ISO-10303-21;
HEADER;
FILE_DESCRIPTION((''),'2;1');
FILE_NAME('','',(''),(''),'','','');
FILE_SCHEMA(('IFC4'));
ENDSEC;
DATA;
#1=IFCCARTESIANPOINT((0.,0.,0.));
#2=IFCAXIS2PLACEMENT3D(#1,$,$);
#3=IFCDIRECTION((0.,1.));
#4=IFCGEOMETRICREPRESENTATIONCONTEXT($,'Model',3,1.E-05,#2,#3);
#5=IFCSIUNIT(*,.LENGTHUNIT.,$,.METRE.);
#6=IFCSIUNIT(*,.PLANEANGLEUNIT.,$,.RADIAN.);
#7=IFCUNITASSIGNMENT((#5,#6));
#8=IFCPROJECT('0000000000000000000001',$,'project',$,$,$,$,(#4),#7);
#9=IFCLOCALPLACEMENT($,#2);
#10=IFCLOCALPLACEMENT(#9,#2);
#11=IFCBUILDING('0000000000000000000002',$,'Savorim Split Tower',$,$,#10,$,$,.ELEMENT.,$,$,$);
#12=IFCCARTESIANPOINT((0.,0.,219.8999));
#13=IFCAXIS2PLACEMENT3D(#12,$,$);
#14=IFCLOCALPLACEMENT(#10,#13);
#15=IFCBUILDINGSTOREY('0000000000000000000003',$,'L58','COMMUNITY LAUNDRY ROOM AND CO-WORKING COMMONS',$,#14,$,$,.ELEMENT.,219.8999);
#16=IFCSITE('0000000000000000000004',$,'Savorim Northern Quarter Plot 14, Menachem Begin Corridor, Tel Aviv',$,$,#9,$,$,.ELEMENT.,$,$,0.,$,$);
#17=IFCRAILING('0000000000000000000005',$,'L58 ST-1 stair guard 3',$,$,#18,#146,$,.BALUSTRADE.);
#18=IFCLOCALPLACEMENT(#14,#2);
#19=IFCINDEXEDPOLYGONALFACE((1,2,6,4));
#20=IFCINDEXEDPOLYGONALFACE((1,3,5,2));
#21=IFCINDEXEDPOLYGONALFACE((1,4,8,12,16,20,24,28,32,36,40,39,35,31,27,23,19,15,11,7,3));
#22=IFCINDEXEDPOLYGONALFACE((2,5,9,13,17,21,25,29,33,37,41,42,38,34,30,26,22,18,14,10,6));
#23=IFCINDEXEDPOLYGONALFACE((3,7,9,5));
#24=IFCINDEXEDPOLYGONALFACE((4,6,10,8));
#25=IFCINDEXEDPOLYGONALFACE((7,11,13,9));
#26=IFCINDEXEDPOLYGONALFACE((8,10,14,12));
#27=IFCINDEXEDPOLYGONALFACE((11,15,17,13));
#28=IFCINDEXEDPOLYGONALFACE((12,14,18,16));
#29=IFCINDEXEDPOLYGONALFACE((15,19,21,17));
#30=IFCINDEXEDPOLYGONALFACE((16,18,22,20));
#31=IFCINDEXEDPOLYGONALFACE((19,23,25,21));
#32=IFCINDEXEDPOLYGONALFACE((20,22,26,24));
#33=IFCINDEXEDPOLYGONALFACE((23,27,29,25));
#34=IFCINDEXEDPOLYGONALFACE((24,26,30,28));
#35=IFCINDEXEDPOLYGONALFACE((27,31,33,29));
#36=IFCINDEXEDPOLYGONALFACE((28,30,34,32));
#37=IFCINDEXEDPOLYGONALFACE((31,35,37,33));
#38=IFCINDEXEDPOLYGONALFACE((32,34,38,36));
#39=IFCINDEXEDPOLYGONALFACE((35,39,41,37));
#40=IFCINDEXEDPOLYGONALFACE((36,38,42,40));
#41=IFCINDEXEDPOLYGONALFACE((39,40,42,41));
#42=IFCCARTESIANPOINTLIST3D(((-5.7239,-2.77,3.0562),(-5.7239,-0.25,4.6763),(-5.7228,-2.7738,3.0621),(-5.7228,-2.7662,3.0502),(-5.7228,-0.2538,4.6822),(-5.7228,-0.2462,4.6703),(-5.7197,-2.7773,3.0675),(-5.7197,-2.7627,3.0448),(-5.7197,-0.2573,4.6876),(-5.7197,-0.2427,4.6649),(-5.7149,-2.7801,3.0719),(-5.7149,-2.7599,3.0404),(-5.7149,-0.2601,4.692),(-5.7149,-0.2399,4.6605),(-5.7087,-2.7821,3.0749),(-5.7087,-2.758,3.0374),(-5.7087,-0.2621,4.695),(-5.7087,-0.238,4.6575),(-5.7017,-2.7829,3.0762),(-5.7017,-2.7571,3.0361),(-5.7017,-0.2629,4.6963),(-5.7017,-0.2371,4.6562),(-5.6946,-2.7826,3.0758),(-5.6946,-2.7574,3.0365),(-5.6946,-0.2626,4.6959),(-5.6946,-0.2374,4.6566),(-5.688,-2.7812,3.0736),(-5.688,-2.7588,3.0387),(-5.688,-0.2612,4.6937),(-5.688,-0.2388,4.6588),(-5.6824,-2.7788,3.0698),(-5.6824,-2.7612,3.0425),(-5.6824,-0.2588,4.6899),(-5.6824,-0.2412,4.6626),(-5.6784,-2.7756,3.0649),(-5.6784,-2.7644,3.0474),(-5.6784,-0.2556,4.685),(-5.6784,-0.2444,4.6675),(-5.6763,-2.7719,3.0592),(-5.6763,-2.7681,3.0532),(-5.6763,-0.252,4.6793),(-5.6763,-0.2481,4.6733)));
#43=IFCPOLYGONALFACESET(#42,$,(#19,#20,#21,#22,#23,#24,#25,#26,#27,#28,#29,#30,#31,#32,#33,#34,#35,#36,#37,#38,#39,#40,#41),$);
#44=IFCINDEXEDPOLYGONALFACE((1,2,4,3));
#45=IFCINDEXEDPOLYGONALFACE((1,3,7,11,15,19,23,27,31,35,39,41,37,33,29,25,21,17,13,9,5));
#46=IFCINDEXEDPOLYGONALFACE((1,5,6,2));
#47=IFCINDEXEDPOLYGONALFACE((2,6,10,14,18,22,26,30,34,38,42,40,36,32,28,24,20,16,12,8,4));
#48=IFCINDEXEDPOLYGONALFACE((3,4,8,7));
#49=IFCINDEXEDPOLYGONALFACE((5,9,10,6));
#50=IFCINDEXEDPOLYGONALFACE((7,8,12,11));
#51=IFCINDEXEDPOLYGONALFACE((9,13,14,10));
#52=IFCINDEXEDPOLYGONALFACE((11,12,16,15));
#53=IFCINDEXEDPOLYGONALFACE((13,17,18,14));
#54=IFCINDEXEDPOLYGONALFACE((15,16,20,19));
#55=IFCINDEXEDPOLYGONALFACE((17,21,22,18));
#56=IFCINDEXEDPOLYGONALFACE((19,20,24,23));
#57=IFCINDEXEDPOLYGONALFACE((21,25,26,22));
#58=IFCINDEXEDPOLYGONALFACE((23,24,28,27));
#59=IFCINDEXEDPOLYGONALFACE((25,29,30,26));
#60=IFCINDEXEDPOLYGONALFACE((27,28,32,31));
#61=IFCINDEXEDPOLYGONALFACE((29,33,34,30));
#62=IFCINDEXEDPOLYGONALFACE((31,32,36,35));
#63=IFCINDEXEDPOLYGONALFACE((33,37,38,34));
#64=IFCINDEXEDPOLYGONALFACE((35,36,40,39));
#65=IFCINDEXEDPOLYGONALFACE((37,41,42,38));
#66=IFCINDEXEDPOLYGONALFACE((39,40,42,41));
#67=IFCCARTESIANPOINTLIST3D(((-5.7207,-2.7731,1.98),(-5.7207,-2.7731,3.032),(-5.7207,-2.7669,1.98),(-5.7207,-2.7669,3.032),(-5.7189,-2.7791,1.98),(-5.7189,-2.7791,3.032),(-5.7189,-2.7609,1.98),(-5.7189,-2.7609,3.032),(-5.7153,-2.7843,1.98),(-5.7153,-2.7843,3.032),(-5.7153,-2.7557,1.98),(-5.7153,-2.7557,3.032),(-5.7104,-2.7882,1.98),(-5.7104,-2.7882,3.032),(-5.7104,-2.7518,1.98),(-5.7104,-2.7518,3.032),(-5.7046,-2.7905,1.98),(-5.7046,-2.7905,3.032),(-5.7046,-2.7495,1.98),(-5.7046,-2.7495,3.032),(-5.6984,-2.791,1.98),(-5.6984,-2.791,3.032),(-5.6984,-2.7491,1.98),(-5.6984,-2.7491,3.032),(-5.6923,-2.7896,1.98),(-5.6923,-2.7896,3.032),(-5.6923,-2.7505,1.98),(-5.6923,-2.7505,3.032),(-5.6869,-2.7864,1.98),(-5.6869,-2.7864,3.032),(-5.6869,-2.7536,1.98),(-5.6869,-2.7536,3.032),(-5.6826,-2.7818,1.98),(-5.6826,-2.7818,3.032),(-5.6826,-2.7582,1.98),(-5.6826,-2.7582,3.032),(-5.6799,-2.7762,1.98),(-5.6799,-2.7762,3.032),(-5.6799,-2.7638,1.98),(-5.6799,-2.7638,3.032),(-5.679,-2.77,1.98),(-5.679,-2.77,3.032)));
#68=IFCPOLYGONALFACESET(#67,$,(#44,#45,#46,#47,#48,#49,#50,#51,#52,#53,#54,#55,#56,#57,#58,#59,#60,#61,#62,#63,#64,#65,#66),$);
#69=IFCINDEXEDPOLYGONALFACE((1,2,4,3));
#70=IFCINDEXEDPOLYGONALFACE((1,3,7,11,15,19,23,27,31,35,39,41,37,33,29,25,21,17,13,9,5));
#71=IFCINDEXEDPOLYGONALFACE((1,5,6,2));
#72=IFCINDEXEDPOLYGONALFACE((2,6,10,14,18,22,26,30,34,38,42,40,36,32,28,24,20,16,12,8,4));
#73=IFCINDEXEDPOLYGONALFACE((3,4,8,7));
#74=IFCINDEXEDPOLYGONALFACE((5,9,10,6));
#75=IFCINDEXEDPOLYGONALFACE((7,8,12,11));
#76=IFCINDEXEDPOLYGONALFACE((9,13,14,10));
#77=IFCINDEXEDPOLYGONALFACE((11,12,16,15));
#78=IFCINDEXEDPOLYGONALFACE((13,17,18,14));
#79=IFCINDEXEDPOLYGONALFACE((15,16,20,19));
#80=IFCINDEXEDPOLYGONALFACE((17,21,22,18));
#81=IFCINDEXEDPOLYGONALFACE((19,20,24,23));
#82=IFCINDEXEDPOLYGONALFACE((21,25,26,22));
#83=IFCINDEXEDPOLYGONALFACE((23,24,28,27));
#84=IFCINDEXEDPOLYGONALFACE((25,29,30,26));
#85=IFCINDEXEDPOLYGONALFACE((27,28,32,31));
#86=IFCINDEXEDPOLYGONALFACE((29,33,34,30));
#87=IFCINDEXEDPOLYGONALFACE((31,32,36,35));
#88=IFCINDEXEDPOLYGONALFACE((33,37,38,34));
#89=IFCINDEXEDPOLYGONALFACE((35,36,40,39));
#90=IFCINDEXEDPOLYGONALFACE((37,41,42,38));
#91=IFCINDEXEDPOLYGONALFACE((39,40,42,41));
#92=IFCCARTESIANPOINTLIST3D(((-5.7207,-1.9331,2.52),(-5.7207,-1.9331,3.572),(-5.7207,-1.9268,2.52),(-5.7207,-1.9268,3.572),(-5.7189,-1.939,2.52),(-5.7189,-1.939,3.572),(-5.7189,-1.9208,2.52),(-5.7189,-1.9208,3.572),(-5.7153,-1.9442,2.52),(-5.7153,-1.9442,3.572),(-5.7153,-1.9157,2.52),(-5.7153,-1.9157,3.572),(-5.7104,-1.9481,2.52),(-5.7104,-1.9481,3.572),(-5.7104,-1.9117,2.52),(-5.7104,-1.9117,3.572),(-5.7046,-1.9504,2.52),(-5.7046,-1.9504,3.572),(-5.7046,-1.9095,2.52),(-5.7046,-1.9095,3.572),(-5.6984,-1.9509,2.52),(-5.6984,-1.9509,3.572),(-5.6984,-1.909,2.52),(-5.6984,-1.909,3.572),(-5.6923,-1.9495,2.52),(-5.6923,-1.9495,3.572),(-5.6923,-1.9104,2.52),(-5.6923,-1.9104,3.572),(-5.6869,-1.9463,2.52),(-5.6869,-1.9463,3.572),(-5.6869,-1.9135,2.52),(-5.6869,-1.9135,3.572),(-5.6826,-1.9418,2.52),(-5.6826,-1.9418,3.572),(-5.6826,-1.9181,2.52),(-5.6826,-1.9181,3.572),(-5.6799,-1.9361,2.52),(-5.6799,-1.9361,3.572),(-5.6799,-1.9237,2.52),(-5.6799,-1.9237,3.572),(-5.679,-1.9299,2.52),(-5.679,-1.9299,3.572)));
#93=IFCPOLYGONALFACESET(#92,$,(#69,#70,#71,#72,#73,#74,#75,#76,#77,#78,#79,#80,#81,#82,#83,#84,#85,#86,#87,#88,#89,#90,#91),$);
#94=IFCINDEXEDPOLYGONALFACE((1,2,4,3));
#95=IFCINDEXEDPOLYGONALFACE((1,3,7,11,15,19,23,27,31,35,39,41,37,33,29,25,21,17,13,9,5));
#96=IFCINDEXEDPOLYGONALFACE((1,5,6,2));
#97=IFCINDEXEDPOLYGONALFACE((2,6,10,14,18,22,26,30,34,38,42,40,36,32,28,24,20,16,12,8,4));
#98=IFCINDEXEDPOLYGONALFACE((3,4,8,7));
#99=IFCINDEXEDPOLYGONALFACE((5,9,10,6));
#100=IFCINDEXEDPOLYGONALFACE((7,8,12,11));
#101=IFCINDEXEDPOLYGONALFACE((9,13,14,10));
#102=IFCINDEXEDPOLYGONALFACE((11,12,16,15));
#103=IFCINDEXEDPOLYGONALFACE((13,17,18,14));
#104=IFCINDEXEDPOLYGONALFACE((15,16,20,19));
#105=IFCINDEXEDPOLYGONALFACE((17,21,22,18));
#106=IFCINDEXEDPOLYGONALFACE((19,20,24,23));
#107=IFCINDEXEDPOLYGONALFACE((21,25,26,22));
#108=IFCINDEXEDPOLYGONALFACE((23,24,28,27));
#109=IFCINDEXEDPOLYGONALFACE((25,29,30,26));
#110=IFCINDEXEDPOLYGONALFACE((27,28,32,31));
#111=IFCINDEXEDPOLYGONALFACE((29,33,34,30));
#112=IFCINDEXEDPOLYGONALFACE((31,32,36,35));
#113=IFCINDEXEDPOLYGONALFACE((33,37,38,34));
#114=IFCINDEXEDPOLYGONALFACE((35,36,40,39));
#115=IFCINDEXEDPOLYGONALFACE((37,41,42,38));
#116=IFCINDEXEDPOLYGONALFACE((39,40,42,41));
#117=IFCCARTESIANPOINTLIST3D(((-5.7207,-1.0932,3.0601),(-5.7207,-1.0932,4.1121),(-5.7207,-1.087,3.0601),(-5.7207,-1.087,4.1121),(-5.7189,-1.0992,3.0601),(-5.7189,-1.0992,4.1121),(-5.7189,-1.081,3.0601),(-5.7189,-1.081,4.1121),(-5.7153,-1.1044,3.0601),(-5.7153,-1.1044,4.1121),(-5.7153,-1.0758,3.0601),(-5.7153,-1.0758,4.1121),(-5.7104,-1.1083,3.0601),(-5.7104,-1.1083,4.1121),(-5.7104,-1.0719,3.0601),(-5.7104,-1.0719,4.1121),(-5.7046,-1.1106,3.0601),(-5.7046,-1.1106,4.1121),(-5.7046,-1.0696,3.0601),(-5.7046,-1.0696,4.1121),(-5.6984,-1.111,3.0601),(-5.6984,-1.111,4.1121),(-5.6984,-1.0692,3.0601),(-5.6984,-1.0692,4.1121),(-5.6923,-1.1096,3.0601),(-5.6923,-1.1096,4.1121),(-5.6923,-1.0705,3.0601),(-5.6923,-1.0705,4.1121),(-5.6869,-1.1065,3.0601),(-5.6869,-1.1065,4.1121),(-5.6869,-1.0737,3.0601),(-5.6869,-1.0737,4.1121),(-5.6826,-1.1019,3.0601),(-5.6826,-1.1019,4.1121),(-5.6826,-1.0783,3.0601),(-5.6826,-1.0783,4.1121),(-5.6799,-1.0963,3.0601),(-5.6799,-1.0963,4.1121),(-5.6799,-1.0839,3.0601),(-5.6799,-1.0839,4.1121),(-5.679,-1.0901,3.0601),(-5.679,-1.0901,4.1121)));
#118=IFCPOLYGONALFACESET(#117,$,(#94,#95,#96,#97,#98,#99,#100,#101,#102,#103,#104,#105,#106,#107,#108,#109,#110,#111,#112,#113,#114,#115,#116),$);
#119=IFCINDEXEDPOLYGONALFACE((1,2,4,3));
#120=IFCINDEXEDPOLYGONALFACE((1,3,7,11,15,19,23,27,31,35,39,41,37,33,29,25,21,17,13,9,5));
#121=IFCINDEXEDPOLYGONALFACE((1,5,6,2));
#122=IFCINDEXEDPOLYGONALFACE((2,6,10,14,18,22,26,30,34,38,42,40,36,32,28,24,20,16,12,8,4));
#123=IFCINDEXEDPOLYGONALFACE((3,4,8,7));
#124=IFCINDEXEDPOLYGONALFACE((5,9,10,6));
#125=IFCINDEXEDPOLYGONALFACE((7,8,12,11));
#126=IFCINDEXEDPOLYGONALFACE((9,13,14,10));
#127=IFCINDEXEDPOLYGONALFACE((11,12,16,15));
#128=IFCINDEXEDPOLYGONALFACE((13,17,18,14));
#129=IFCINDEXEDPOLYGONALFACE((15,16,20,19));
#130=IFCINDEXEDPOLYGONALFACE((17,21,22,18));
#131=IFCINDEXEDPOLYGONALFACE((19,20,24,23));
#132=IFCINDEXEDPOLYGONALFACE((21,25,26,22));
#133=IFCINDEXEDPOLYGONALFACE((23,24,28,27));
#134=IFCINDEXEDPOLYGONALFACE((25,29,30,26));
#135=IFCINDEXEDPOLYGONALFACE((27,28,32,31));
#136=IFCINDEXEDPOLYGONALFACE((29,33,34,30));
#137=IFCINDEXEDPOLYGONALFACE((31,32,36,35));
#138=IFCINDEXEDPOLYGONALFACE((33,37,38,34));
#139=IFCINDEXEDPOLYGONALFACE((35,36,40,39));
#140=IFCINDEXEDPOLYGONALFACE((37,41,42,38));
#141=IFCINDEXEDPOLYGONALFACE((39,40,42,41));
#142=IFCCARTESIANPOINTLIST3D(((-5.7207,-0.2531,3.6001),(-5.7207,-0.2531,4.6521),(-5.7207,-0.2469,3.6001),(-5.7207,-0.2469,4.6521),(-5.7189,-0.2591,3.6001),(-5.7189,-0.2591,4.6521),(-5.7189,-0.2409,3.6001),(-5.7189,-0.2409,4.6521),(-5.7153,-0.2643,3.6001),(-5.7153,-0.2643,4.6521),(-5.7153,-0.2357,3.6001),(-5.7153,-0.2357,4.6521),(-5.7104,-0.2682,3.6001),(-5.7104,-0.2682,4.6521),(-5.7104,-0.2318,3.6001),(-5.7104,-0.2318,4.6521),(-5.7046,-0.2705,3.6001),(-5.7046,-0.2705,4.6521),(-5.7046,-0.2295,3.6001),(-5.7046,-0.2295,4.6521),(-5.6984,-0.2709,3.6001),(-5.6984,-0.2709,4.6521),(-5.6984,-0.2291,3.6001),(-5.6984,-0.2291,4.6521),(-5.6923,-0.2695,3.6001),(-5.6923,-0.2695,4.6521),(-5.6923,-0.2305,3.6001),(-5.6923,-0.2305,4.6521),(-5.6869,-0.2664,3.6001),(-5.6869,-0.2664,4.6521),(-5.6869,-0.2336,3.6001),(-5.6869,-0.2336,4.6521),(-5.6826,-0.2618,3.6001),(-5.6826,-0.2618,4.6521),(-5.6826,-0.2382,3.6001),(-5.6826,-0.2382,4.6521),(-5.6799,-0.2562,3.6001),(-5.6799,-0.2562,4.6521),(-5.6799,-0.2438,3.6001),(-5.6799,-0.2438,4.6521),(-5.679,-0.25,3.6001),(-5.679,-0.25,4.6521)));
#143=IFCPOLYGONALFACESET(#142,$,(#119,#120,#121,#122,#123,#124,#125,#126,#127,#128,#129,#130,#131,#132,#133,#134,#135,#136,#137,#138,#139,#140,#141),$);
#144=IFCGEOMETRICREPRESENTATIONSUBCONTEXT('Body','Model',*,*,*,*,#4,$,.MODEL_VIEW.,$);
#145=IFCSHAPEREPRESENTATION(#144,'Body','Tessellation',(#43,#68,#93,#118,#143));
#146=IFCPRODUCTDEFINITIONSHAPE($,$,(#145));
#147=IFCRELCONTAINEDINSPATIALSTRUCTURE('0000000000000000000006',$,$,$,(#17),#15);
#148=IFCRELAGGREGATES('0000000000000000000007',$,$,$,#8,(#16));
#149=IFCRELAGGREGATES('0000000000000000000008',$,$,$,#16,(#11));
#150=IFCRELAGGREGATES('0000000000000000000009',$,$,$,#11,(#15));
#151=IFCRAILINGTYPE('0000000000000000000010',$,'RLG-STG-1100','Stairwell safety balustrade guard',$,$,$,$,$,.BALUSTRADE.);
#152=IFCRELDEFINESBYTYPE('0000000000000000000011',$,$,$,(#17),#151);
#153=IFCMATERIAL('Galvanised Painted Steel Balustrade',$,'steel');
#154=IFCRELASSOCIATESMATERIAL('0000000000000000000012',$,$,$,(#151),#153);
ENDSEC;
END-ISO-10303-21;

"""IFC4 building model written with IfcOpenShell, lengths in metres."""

from ifc_helpers import new_model, si_unit, direction, frame, origin, origin_2d, place, context, subcontext, project, spatial, circle, extrude, material, type_object, element, save


model = new_model("IFC4")

# Units and contexts
model_context = context("Model", 3, precision=1e-05, world=origin(), true_north=direction((0.0, 1.0)))
body_context = subcontext(model_context, "Body", "Model", "MODEL_VIEW")
ifc_project = project(units=[si_unit("LENGTHUNIT", "METRE"), si_unit("PLANEANGLEUNIT", "RADIAN")], contexts=[model_context])

# Site, building, storey
site_placement = place(None, origin())
site = spatial("IfcSite", under=ifc_project, at=site_placement, Name="Savorim Northern Quarter Plot 14, Menachem Begin Corridor, Tel Aviv", CompositionType="ELEMENT", RefElevation=0.0)
building_placement = place(site_placement, origin())
building = spatial("IfcBuilding", under=site, at=building_placement, Name="Savorim Split Tower", CompositionType="ELEMENT")
storey_placement = place(building_placement, frame((0.0, 0.0, 219.8999)))
storey = spatial("IfcBuildingStorey", under=building, at=storey_placement, Name="L58", Description="COMMUNITY LAUNDRY ROOM AND CO-WORKING COMMONS", CompositionType="ELEMENT", Elevation=219.8999)

# Railing
ifc_material_1 = material(Name="Galvanised Painted Steel Balustrade", Category="steel")
railing_type_1 = type_object("IfcRailingType", Name="RLG-STG-1100", Description="Stairwell safety balustrade guard", PredefinedType="BALUSTRADE", material=ifc_material_1)
railing_1_placement = place(storey_placement, frame((-5.7, -2.77, 1.98)))
element("IfcRailing", 1, at=railing_1_placement, inside=storey, type_object=railing_type_1, Name="L58 ST-1 stair guard 3", PredefinedType="BALUSTRADE", context=body_context, shape_type="SweptSolid", body=[
    extrude(circle(Radius=0.0239, at=origin_2d()), frame((0.0, 0.0, 1.0762), z_axis=(0.0, 0.841163, 0.540782), x_axis=(-1.0, 0.0, 0.0)), (0.0, 0.0, 1.0), 2.9958),
    extrude(circle(Radius=0.021, at=origin_2d()), origin(), (0.0, 0.0, 1.0), 1.052),
    extrude(circle(Radius=0.021, at=origin_2d()), frame((0.0, 0.8401, 0.54)), (0.0, 0.0, 1.0), 1.052),
    extrude(circle(Radius=0.021, at=origin_2d()), frame((0.0, 1.6799, 1.0801)), (0.0, 0.0, 1.0), 1.052),
    extrude(circle(Radius=0.021, at=origin_2d()), frame((0.0, 2.52, 1.6201)), (0.0, 0.0, 1.0), 1.052),
])

save(model, "model.ifc")
